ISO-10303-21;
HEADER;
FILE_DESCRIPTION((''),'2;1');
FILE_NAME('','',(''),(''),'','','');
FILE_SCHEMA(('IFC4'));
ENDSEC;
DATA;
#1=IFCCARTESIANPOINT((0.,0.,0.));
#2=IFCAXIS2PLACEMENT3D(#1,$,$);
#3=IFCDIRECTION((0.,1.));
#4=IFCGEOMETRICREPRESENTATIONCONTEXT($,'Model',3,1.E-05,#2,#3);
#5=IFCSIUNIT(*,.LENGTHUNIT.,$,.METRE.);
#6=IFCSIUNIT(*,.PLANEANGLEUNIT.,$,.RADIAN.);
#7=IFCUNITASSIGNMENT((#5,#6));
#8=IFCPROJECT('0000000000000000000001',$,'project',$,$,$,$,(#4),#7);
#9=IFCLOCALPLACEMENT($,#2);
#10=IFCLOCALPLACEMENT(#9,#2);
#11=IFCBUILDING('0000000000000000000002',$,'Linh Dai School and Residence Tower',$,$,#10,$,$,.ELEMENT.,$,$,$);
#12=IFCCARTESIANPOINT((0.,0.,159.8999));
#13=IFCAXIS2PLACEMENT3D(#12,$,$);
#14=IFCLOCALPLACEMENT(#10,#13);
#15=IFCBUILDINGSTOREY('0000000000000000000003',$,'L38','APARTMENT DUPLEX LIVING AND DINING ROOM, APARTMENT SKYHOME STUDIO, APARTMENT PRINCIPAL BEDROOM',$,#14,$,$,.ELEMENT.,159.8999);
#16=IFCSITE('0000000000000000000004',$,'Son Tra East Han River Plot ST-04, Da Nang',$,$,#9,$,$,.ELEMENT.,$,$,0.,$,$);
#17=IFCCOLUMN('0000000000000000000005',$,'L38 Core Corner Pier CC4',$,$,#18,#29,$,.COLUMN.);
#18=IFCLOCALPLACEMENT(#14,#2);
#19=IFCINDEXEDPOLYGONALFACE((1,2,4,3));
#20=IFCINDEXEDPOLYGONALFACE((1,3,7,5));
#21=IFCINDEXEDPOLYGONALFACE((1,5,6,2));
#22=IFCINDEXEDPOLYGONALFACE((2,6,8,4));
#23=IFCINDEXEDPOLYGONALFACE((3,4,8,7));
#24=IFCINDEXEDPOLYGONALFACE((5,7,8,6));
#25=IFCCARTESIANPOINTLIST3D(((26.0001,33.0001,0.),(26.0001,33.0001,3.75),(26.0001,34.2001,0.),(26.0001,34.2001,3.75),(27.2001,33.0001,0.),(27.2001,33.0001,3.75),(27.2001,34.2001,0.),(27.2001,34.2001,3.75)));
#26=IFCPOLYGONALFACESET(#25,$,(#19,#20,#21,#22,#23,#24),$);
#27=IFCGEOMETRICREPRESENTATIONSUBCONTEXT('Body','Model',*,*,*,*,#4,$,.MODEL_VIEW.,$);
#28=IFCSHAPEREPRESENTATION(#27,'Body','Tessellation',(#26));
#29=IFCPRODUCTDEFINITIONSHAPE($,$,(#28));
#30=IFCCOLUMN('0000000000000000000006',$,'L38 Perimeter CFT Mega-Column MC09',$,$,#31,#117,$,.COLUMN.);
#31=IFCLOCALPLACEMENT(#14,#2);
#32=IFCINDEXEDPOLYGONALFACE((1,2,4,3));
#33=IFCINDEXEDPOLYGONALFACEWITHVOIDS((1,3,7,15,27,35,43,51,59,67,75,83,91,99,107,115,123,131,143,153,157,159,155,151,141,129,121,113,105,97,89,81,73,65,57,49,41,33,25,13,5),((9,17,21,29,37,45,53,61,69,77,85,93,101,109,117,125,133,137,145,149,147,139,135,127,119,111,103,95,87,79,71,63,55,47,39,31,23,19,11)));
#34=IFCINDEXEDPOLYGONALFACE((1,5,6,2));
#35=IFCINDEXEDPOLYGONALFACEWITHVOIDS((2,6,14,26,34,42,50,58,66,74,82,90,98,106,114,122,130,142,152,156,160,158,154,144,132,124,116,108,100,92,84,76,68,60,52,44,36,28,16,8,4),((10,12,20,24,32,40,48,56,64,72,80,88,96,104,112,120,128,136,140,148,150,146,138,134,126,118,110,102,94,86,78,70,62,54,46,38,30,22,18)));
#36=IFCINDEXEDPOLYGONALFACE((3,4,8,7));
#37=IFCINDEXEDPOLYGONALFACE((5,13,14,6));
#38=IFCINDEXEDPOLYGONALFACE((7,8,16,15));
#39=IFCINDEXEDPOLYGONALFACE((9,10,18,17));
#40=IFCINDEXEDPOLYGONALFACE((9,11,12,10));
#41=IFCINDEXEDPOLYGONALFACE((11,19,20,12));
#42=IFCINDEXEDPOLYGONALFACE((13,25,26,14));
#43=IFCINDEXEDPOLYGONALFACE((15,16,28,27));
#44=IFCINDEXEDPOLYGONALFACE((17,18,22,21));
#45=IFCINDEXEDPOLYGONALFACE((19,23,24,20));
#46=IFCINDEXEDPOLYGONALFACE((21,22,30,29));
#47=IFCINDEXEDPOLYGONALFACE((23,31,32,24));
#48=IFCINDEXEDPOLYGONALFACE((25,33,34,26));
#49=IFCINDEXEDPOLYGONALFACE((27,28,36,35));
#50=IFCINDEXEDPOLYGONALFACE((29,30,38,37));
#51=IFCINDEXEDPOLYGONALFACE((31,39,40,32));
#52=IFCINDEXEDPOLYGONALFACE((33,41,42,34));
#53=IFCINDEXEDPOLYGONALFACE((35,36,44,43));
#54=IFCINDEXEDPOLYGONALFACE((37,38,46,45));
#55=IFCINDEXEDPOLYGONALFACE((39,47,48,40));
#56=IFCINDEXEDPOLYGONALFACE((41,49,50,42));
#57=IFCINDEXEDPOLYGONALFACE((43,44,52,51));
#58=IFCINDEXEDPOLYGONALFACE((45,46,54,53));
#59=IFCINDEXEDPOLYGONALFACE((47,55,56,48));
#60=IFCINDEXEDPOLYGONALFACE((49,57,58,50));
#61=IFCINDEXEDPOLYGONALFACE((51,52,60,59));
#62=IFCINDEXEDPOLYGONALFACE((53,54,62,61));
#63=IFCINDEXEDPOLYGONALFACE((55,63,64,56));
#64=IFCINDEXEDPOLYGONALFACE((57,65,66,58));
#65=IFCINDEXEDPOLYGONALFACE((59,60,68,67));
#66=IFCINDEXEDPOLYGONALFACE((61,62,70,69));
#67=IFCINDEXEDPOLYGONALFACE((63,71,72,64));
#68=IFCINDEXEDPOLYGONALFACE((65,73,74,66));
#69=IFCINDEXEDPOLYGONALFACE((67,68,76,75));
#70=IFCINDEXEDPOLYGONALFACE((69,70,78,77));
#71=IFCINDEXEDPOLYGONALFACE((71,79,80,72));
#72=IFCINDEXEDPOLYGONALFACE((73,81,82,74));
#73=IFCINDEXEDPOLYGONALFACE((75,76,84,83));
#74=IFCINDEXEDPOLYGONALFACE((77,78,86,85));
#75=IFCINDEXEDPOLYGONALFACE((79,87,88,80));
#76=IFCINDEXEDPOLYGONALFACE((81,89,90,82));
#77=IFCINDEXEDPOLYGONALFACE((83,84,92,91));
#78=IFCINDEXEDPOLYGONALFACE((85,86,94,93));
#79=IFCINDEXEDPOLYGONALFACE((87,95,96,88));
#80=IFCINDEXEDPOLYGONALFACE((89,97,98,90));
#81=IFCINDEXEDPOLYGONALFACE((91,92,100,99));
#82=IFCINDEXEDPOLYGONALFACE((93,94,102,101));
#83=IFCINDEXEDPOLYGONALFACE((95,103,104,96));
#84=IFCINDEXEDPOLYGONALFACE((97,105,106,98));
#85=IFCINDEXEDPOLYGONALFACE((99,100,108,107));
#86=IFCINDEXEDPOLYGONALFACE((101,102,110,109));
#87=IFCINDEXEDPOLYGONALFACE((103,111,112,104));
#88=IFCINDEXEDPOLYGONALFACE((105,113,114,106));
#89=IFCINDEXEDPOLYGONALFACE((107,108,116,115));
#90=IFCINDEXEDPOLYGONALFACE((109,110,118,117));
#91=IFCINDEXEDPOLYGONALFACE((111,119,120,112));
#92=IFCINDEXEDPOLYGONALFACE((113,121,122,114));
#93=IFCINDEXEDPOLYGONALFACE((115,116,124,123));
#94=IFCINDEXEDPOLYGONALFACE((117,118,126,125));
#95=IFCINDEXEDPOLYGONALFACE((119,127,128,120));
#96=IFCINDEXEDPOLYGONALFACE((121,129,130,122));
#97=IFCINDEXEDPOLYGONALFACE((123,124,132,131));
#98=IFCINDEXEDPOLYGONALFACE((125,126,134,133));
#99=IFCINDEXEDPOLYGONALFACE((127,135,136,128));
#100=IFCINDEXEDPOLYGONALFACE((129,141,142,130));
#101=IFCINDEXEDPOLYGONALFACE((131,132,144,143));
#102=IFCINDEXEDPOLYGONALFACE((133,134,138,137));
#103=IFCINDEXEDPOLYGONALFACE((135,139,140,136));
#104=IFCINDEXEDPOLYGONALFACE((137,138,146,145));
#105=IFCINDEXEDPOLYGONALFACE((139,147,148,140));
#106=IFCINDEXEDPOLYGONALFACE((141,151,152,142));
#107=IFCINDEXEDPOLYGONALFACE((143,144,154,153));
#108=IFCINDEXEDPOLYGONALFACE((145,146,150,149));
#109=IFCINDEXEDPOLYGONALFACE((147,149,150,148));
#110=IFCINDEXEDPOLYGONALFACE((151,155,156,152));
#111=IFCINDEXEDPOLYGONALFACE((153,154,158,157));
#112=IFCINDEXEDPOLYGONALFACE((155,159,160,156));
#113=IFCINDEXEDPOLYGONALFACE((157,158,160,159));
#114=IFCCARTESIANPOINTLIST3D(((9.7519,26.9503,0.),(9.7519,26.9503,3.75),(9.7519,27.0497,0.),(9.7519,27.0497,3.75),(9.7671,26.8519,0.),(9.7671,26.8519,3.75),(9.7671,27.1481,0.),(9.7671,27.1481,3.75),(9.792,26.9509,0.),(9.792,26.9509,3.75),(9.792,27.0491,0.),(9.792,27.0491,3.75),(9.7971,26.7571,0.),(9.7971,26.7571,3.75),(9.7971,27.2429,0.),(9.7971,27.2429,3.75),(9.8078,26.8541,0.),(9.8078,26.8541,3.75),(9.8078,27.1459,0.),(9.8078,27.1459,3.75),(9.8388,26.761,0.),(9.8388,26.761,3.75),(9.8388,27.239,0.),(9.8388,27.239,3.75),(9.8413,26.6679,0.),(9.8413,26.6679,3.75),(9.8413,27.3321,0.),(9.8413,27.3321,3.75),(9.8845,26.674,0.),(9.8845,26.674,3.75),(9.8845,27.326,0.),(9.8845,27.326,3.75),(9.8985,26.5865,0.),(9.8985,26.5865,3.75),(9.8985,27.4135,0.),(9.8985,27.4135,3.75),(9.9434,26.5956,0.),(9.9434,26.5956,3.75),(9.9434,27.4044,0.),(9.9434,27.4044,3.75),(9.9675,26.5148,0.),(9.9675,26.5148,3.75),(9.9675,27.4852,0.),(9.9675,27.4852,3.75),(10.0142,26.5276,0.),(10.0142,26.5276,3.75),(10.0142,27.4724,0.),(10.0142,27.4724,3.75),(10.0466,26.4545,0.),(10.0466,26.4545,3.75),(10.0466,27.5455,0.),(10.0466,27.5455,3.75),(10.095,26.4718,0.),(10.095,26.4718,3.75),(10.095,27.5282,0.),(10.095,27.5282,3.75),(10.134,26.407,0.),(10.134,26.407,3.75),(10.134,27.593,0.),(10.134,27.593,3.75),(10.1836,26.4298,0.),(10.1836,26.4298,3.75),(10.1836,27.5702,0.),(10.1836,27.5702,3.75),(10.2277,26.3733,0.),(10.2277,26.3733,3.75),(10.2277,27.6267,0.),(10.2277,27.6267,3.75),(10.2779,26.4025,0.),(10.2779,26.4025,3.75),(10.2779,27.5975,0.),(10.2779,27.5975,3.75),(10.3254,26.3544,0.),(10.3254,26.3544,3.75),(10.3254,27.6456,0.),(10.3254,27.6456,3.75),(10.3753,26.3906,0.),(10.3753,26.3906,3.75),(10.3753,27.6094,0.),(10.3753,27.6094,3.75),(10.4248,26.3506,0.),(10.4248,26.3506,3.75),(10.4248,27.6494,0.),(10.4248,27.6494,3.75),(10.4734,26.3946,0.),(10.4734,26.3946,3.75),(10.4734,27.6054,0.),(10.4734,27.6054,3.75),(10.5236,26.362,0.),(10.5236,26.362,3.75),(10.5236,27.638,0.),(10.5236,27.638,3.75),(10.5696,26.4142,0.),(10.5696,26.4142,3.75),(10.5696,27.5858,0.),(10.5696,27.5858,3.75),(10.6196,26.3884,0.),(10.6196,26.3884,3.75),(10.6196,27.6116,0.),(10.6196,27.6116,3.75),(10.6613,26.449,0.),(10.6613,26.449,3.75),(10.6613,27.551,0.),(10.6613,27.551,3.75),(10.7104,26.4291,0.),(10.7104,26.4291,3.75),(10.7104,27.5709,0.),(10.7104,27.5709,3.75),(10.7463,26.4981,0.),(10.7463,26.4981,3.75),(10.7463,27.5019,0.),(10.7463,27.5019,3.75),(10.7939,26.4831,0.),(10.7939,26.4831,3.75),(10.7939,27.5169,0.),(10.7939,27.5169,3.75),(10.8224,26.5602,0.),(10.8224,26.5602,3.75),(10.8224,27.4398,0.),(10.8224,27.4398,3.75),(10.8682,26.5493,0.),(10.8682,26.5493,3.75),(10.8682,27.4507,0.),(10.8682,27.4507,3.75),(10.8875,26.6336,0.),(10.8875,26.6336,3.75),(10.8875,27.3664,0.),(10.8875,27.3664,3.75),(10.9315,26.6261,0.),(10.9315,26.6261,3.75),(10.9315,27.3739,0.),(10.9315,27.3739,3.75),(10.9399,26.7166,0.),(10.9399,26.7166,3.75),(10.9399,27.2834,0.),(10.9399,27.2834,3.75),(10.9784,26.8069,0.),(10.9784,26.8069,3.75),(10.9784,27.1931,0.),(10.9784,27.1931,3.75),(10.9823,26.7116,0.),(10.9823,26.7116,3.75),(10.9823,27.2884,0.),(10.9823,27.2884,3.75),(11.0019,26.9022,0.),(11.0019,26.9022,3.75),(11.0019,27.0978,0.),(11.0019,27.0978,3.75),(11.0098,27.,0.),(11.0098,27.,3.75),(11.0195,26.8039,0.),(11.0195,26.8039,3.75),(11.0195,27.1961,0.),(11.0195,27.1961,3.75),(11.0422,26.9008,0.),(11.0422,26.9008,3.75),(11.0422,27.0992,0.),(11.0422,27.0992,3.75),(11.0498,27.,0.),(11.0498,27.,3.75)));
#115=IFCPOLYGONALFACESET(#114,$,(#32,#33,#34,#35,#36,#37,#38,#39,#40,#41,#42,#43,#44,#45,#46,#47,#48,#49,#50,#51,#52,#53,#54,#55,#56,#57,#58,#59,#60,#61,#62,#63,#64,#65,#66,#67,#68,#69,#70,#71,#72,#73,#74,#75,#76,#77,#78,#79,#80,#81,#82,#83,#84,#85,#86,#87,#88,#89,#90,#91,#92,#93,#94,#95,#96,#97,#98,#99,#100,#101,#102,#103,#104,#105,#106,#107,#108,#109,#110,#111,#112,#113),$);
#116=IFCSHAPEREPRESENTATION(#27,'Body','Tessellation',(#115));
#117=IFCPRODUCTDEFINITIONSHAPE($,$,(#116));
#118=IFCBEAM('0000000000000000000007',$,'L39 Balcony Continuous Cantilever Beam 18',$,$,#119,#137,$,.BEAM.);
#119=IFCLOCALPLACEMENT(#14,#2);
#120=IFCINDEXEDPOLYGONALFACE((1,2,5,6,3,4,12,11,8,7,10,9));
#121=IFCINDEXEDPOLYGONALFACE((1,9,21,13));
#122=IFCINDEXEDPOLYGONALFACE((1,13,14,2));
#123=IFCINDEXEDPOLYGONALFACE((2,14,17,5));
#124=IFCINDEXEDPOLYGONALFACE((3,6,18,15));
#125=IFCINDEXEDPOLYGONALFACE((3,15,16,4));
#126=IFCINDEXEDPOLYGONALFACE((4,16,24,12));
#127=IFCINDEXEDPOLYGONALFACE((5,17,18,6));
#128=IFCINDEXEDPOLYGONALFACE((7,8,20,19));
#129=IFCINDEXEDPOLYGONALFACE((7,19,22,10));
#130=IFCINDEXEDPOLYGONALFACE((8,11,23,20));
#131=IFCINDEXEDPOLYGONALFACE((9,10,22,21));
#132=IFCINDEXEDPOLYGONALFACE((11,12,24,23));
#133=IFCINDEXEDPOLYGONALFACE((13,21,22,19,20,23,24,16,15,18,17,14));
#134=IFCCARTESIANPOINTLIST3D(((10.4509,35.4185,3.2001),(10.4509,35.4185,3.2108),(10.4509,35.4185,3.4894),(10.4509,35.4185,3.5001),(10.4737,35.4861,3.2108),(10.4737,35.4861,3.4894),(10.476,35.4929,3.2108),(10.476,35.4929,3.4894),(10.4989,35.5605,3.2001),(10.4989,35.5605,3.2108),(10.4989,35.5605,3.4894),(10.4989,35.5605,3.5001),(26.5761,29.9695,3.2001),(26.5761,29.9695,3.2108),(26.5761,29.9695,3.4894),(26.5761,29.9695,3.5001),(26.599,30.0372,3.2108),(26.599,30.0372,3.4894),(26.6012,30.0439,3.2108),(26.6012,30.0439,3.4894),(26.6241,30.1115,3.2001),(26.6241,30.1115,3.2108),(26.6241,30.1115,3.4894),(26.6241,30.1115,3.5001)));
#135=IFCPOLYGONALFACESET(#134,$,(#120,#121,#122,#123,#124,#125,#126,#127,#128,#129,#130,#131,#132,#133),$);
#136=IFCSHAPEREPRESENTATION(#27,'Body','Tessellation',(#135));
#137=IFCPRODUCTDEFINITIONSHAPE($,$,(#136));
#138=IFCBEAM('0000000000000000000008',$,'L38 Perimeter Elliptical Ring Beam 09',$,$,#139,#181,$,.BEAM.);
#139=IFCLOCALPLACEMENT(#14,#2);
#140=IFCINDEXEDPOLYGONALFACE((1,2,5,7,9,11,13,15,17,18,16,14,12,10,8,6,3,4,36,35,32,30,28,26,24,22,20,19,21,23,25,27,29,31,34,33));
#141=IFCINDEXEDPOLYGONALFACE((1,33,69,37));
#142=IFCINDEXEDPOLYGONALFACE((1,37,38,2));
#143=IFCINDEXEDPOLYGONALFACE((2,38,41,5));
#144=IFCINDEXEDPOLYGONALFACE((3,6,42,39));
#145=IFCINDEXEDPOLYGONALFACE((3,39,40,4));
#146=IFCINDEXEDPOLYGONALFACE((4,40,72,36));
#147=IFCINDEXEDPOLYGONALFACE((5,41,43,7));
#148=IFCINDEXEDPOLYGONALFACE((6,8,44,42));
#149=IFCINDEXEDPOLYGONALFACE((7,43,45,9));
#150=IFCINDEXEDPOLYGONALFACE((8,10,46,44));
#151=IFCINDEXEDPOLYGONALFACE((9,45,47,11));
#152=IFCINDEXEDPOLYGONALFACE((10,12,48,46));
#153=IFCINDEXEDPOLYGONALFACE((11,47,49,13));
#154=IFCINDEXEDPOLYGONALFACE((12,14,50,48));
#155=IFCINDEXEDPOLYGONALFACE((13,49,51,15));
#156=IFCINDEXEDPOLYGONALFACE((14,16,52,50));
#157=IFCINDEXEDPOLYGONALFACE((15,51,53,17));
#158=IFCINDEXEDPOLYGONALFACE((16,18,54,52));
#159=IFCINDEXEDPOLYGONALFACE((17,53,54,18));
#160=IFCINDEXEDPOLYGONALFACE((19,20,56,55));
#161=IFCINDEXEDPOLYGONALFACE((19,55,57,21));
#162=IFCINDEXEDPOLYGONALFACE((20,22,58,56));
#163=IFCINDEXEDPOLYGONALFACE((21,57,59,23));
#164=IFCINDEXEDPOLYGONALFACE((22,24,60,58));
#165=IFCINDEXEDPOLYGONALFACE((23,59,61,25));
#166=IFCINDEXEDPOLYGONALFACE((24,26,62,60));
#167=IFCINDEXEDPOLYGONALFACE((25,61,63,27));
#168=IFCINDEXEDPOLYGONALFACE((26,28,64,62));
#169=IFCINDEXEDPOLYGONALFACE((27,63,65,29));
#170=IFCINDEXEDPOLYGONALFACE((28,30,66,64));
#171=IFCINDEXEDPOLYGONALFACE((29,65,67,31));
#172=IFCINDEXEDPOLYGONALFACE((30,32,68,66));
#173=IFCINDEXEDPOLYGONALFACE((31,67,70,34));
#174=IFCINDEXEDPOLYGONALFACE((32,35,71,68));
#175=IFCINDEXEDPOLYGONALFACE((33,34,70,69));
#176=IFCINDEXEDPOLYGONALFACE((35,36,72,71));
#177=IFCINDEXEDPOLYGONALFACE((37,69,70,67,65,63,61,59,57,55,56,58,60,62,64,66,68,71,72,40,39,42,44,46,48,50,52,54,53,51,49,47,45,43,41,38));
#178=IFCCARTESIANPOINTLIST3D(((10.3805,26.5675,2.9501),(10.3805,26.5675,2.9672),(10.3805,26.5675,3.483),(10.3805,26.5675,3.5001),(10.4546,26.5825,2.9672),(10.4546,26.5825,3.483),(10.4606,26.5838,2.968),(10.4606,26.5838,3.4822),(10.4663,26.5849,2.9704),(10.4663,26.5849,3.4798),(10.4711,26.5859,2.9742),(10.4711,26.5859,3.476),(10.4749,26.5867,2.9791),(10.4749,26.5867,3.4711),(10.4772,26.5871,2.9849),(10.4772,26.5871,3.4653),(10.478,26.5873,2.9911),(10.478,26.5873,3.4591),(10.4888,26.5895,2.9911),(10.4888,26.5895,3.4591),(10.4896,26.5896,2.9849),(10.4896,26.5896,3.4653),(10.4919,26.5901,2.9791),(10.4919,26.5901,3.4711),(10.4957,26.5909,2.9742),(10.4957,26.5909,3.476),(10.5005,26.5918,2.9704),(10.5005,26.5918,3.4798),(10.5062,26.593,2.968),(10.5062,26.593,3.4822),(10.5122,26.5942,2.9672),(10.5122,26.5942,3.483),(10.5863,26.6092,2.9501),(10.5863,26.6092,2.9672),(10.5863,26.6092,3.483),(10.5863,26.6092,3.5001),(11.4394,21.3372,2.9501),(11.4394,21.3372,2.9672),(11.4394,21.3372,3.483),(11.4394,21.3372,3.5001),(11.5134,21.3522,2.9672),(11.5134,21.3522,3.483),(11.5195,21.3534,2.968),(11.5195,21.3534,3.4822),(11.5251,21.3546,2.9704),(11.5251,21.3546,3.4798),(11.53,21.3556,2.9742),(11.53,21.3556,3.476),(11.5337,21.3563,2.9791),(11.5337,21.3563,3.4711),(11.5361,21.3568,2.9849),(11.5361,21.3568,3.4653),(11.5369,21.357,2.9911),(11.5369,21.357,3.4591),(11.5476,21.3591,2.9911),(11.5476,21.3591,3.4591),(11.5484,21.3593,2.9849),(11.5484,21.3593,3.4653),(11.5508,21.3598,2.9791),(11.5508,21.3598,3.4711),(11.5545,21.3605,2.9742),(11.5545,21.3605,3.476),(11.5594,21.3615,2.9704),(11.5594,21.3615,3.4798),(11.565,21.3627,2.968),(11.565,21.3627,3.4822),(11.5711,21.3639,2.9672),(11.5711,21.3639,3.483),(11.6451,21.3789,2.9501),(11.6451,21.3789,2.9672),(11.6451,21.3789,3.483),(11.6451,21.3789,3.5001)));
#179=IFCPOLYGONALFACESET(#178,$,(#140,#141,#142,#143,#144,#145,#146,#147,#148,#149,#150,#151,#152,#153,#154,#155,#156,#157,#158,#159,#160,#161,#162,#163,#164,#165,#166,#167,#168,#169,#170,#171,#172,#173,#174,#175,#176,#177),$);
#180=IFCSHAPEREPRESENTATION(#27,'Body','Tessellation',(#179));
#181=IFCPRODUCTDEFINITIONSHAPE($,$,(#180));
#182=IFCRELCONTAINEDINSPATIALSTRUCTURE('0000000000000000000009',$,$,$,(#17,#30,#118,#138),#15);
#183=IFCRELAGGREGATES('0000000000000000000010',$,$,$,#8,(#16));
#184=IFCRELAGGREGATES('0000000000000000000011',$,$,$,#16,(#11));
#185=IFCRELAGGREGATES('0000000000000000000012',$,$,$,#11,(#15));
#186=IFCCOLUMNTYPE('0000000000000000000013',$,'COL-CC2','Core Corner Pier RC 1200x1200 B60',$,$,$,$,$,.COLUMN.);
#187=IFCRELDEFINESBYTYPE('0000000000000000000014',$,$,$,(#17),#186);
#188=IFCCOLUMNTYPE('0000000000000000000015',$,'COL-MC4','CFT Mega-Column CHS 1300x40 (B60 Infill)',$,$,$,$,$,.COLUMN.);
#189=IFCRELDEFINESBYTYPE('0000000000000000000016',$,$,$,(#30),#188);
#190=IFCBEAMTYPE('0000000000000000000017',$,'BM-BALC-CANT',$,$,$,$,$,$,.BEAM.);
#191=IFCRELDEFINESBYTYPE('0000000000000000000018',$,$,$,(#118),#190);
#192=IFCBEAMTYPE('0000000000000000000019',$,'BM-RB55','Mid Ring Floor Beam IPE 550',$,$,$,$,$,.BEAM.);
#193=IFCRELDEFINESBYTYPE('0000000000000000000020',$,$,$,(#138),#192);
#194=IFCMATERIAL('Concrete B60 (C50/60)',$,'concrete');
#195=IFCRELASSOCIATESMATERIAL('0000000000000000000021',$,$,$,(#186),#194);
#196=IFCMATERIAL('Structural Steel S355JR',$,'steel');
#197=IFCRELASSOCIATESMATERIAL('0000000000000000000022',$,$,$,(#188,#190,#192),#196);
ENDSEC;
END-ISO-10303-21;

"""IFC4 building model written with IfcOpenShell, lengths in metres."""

from ifc_helpers import new_model, si_unit, direction, frame, origin, origin_2d, place, context, subcontext, project, spatial, rectangle, hollow_circle, i_section, extrude, material, material_profile, profile_set, type_object, element, save


model = new_model("IFC4")

# Units and contexts
model_context = context("Model", 3, precision=1e-05, world=origin(), true_north=direction((0.0, 1.0)))
body_context = subcontext(model_context, "Body", "Model", "MODEL_VIEW")
ifc_project = project(units=[si_unit("LENGTHUNIT", "METRE"), si_unit("PLANEANGLEUNIT", "RADIAN")], contexts=[model_context])

# Site, building, storey
site_placement = place(None, origin())
site = spatial("IfcSite", under=ifc_project, at=site_placement, Name="Son Tra East Han River Plot ST-04, Da Nang", CompositionType="ELEMENT", RefElevation=0.0)
building_placement = place(site_placement, origin())
building = spatial("IfcBuilding", under=site, at=building_placement, Name="Linh Dai School and Residence Tower", CompositionType="ELEMENT")
storey_placement = place(building_placement, frame((0.0, 0.0, 159.8999)))
storey = spatial("IfcBuildingStorey", under=building, at=storey_placement, Name="L38", Description="APARTMENT DUPLEX LIVING AND DINING ROOM, APARTMENT SKYHOME STUDIO, APARTMENT PRINCIPAL BEDROOM", CompositionType="ELEMENT", Elevation=159.8999)

# Columns
ifc_material_1 = material(Name="Concrete B60 (C50/60)", Category="concrete")
ifc_material_profile_1 = material_profile(ifc_material_1, rectangle(XDim=1.2, YDim=1.2, at=origin_2d()), Name="RC 1200x1200")
ifc_profile_set_1 = profile_set([ifc_material_profile_1], Name="Concrete B60 (C50/60)")
column_type_1 = type_object("IfcColumnType", Name="COL-CC2", Description="Core Corner Pier RC 1200x1200 B60", PredefinedType="COLUMN", material=ifc_profile_set_1)
column_1_placement = place(storey_placement, frame((26.6001, 33.6001, 0.0), z_axis=(0.0, 0.0, 1.0), x_axis=(1.0, 0.0, 0.0)))
element("IfcColumn", 1, at=column_1_placement, inside=storey, type_object=column_type_1, Name="L38 Core Corner Pier CC4", PredefinedType="COLUMN", context=body_context, shape_type="SweptSolid", body=[
    extrude(rectangle(XDim=1.2, YDim=1.2, at=origin_2d()), origin(), (0.0, 0.0, 1.0), 3.75),
])
ifc_material_2 = material(Name="Structural Steel S355JR", Category="steel")
ifc_material_profile_2 = material_profile(ifc_material_2, hollow_circle(Radius=0.6499, WallThickness=0.04, at=origin_2d()), Name="CHS 1300x40")
ifc_profile_set_2 = profile_set([ifc_material_profile_2], Name="Structural Steel S355JR")
column_type_2 = type_object("IfcColumnType", Name="COL-MC4", Description="CFT Mega-Column CHS 1300x40 (B60 Infill)", PredefinedType="COLUMN", material=ifc_profile_set_2)
column_2_placement = place(storey_placement, frame((10.3999, 27.0, 0.0), z_axis=(0.0, 0.0, 1.0), x_axis=(1.0, 0.0, 0.0)))
element("IfcColumn", 2, at=column_2_placement, inside=storey, type_object=column_type_2, Name="L38 Perimeter CFT Mega-Column MC09", PredefinedType="COLUMN", context=body_context, shape_type="SweptSolid", body=[
    extrude(hollow_circle(Radius=0.6499, WallThickness=0.04, at=origin_2d()), origin(), (0.0, 0.0, 1.0), 3.75),
])

# Beams
ifc_material_profile_3 = material_profile(ifc_material_2, i_section(OverallWidth=0.1499, OverallDepth=0.3, WebThickness=0.0071, FlangeThickness=0.0107, at=origin_2d()), Name="IPE 300")
ifc_profile_set_3 = profile_set([ifc_material_profile_3], Name="Structural Steel S355JR")
beam_type_1 = type_object("IfcBeamType", Name="BM-BALC-CANT", PredefinedType="BEAM", material=ifc_profile_set_3)
beam_1_placement = place(storey_placement, frame((26.6001, 30.0405, 3.3501), z_axis=(-0.947373, 0.320132, 0.0), x_axis=(-0.320132, -0.947373, 0.0)))
element("IfcBeam", 3, at=beam_1_placement, inside=storey, type_object=beam_type_1, Name="L39 Balcony Continuous Cantilever Beam 18", PredefinedType="BEAM", context=body_context, shape_type="SweptSolid", body=[
    extrude(i_section(OverallWidth=0.1499, OverallDepth=0.3, WebThickness=0.0071, FlangeThickness=0.0107, at=origin_2d()), origin(), (0.0, 0.0, 1.0), 17.021),
])
ifc_material_profile_4 = material_profile(ifc_material_2, i_section(OverallWidth=0.21, OverallDepth=0.55, WebThickness=0.011, FlangeThickness=0.0171, FilletRadius=0.0239, at=origin_2d()), Name="IPE 550")
ifc_profile_set_4 = profile_set([ifc_material_profile_4], Name="Structural Steel S355JR")
beam_type_2 = type_object("IfcBeamType", Name="BM-RB55", Description="Mid Ring Floor Beam IPE 550", PredefinedType="BEAM", material=ifc_profile_set_4)
beam_2_placement = place(storey_placement, frame((10.4834, 26.5884, 3.2251), z_axis=(0.198421, -0.980117, 0.0), x_axis=(0.980117, 0.198421, 0.0)))
element("IfcBeam", 4, at=beam_2_placement, inside=storey, type_object=beam_type_2, Name="L38 Perimeter Elliptical Ring Beam 09", PredefinedType="BEAM", context=body_context, shape_type="SweptSolid", body=[
    extrude(i_section(OverallWidth=0.21, OverallDepth=0.55, WebThickness=0.011, FlangeThickness=0.0171, FilletRadius=0.0239, at=origin_2d()), origin(), (0.0, 0.0, 1.0), 5.3364),
])

save(model, "model.ifc")
